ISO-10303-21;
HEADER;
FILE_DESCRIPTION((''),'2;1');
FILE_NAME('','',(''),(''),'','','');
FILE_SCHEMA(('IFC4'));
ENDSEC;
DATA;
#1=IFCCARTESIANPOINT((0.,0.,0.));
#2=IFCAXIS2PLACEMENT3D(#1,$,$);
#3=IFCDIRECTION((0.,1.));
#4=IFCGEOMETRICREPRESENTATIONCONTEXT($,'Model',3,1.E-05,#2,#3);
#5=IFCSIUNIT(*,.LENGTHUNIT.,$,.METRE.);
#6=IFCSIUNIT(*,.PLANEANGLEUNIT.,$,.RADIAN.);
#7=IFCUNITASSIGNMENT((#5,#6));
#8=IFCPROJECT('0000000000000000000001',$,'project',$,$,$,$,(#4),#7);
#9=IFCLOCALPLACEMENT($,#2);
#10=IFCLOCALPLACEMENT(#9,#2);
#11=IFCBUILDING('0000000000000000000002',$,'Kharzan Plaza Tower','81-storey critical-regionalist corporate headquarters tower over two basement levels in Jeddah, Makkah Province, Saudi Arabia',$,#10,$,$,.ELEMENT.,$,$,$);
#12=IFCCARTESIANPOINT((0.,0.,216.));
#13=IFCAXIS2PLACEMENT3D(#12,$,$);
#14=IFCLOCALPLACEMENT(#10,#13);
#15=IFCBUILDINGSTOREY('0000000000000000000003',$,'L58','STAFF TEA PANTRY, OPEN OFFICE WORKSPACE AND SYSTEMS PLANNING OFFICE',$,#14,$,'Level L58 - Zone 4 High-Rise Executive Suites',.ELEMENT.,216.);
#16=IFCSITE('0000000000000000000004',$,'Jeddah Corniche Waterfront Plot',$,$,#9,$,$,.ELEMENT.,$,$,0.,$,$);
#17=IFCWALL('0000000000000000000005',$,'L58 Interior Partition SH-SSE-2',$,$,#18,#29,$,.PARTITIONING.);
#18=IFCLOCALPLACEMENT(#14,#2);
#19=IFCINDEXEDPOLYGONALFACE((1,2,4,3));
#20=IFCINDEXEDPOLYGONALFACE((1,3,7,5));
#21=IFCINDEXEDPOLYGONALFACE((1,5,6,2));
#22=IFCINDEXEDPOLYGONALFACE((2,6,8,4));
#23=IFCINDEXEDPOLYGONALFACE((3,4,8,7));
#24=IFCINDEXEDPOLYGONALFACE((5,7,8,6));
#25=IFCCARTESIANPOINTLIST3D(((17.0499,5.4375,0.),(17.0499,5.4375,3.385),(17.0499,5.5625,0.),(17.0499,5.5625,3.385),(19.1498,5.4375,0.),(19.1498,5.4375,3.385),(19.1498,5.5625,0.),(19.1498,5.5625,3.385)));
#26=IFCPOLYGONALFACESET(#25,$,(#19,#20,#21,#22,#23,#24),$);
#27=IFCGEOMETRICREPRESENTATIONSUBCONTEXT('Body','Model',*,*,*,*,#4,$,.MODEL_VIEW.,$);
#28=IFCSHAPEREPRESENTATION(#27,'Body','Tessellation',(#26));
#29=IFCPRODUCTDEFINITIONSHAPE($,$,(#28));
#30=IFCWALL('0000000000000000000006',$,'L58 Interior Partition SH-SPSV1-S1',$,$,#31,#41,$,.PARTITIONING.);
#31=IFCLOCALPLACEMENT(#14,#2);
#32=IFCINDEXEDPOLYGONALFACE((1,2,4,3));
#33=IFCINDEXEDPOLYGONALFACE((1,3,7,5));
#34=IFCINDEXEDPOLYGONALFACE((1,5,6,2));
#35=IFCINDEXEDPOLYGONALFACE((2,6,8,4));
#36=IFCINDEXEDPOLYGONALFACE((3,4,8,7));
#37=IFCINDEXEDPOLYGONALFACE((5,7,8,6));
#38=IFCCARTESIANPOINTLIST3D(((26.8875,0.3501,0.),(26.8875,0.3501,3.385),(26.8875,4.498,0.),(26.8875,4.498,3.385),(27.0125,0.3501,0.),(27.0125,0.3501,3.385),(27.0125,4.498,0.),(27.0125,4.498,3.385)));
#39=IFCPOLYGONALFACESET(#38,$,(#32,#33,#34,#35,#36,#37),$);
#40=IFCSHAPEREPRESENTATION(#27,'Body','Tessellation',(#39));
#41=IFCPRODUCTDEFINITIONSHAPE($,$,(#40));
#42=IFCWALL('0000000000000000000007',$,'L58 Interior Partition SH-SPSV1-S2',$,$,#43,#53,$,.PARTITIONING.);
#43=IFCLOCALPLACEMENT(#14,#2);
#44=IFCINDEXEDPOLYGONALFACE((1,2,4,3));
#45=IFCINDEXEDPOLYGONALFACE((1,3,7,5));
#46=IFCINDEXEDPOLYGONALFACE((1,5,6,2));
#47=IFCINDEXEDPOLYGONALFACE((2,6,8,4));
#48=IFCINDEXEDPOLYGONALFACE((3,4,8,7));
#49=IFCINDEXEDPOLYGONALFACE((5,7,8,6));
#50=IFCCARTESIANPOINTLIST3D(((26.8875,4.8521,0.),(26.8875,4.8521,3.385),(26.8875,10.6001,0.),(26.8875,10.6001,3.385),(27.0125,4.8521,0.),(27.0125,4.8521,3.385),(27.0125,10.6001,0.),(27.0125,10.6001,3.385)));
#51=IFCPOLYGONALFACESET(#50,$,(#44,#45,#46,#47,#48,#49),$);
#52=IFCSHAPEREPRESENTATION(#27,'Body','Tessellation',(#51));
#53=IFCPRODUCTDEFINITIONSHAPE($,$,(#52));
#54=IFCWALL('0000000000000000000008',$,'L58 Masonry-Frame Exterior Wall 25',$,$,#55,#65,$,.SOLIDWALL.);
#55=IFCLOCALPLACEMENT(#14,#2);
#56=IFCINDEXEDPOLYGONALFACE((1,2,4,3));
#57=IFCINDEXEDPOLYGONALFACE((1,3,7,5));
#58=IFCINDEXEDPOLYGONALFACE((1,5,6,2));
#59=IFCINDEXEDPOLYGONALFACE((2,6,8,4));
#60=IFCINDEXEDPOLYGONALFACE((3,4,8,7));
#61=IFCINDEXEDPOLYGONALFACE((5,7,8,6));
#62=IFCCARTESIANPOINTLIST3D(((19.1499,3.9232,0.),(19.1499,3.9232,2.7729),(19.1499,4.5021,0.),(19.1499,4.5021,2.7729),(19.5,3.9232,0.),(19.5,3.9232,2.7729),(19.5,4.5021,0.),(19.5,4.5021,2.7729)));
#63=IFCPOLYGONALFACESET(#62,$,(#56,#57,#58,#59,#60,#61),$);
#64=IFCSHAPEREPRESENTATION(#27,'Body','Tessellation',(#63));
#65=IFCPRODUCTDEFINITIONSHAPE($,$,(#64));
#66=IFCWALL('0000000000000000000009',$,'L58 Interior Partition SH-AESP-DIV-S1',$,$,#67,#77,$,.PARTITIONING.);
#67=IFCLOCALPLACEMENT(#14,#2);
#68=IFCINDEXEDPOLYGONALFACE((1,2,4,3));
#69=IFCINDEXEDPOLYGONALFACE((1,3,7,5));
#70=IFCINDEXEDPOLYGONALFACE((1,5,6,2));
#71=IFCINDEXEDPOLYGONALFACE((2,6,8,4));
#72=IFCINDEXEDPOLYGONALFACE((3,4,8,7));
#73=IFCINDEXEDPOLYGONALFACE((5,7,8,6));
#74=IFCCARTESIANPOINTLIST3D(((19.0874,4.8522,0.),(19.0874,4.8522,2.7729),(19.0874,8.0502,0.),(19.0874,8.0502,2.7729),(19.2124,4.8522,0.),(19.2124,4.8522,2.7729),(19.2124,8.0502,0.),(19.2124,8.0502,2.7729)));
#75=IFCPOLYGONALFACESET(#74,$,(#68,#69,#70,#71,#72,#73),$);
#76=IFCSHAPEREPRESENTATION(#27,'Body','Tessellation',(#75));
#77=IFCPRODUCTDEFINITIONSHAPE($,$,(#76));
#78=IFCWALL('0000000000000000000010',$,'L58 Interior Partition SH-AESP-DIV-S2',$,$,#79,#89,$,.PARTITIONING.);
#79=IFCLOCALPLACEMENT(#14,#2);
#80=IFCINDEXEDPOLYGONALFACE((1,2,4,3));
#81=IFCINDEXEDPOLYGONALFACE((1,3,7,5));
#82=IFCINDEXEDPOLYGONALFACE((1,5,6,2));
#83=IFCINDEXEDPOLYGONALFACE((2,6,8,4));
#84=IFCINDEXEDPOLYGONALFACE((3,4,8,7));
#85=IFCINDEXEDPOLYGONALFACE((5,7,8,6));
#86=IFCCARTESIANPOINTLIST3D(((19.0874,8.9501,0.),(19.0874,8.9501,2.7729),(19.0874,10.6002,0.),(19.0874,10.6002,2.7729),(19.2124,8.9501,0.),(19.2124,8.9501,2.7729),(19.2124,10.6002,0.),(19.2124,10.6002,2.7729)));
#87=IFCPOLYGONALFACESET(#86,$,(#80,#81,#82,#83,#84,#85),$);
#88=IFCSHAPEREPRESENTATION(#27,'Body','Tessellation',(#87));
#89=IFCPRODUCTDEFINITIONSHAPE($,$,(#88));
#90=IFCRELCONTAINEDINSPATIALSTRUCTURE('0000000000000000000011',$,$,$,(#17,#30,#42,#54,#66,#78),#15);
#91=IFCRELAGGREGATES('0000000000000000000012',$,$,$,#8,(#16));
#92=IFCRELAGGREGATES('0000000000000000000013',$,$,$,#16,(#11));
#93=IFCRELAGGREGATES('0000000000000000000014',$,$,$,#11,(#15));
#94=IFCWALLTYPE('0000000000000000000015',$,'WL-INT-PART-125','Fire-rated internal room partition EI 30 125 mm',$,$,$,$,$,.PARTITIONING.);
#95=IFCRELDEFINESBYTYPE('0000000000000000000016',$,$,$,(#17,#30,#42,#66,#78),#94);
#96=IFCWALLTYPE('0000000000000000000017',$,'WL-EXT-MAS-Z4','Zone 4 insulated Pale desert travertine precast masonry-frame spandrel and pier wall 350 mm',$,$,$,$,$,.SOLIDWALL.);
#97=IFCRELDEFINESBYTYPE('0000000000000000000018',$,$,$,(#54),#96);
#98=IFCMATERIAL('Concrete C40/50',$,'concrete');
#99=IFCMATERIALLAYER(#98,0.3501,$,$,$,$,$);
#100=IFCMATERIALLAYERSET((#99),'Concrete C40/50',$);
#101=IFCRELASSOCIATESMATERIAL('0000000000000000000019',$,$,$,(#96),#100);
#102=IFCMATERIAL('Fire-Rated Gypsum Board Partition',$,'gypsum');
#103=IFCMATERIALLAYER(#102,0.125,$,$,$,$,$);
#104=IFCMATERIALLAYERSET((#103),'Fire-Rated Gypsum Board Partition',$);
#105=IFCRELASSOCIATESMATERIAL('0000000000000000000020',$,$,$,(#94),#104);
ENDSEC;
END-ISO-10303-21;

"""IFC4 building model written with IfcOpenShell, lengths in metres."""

from ifc_helpers import new_model, si_unit, direction, frame, frame_2d, origin, place, context, subcontext, project, spatial, rectangle, extrude, source, transform, mapped, material, layer, layer_set, type_object, element, save


model = new_model("IFC4")

# Units and contexts
model_context = context("Model", 3, precision=1e-05, world=origin(), true_north=direction((0.0, 1.0)))
body_context = subcontext(model_context, "Body", "Model", "MODEL_VIEW")
ifc_project = project(units=[si_unit("LENGTHUNIT", "METRE"), si_unit("PLANEANGLEUNIT", "RADIAN")], contexts=[model_context])

# Site, building, storey
site_placement = place(None, origin())
site = spatial("IfcSite", under=ifc_project, at=site_placement, Name="Jeddah Corniche Waterfront Plot", CompositionType="ELEMENT", RefElevation=0.0)
building_placement = place(site_placement, origin())
building = spatial("IfcBuilding", under=site, at=building_placement, Name="Kharzan Plaza Tower", Description="81-storey critical-regionalist corporate headquarters tower over two basement levels in Jeddah, Makkah Province, Saudi Arabia", CompositionType="ELEMENT")
storey_placement = place(building_placement, frame((0.0, 0.0, 216.0)))
storey = spatial("IfcBuildingStorey", under=building, at=storey_placement, Name="L58", Description="STAFF TEA PANTRY, OPEN OFFICE WORKSPACE AND SYSTEMS PLANNING OFFICE", LongName="Level L58 - Zone 4 High-Rise Executive Suites", CompositionType="ELEMENT", Elevation=216.0)

# Shared definitions
ifc_material_1 = material(Name="Concrete C40/50", Category="concrete")
ifc_layer_1 = layer(ifc_material_1, 0.3501)
ifc_layer_set_1 = layer_set([ifc_layer_1], Name="Concrete C40/50")
wall_type_1 = type_object("IfcWallType", Name="WL-EXT-MAS-Z4", Description="Zone 4 insulated Pale desert travertine precast masonry-frame spandrel and pier wall 350 mm", PredefinedType="SOLIDWALL", material=ifc_layer_set_1)

# Shared definitions
ifc_material_2 = material(Name="Fire-Rated Gypsum Board Partition", Category="gypsum")
ifc_layer_2 = layer(ifc_material_2, 0.125)
ifc_layer_set_2 = layer_set([ifc_layer_2], Name="Fire-Rated Gypsum Board Partition")
wall_type_2 = type_object("IfcWallType", Name="WL-INT-PART-125", Description="Fire-rated internal room partition EI 30 125 mm", PredefinedType="PARTITIONING", material=ifc_layer_set_2)

# Walls
shared_shape_1 = source(origin(), body_context, "Body", "SweptSolid", [
    extrude(rectangle(XDim=2.0999, YDim=0.125, at=frame_2d((1.0498, 0.0))), origin(), (0.0, 0.0, 1.0), 3.385),
])
wall_1_placement = place(storey_placement, frame((17.05, 5.5, 0.0), z_axis=(0.0, 0.0, 1.0), x_axis=(1.0, 0.0, 0.0)))
element("IfcWall", 1, at=wall_1_placement, inside=storey, type_object=wall_type_2, Name="L58 Interior Partition SH-SSE-2", PredefinedType="PARTITIONING", context=body_context, shape_type="MappedRepresentation", body=[
    mapped(shared_shape_1, transform((0.0, 0.0, 0.0), x_axis=(1.0, 0.0, 0.0), y_axis=(0.0, 1.0, 0.0), z_axis=(0.0, 0.0, 1.0))),
])
shared_shape_2 = source(origin(), body_context, "Body", "SweptSolid", [
    extrude(rectangle(XDim=4.1479, YDim=0.125, at=frame_2d((2.074, 0.0))), origin(), (0.0, 0.0, 1.0), 3.385),
])
wall_2_placement = place(storey_placement, frame((26.95, 0.3501, 0.0), z_axis=(0.0, 0.0, 1.0), x_axis=(0.0, 1.0, 0.0)))
element("IfcWall", 2, at=wall_2_placement, inside=storey, type_object=wall_type_2, Name="L58 Interior Partition SH-SPSV1-S1", PredefinedType="PARTITIONING", context=body_context, shape_type="MappedRepresentation", body=[
    mapped(shared_shape_2, transform((0.0, 0.0, 0.0), x_axis=(1.0, 0.0, 0.0), y_axis=(0.0, 1.0, 0.0), z_axis=(0.0, 0.0, 1.0))),
])
shared_shape_3 = source(origin(), body_context, "Body", "SweptSolid", [
    extrude(rectangle(XDim=5.748, YDim=0.125, at=frame_2d((2.874, 0.0))), origin(), (0.0, 0.0, 1.0), 3.385),
])
wall_3_placement = place(storey_placement, frame((26.95, 4.8521, 0.0), z_axis=(0.0, 0.0, 1.0), x_axis=(0.0, 1.0, 0.0)))
element("IfcWall", 3, at=wall_3_placement, inside=storey, type_object=wall_type_2, Name="L58 Interior Partition SH-SPSV1-S2", PredefinedType="PARTITIONING", context=body_context, shape_type="MappedRepresentation", body=[
    mapped(shared_shape_3, transform((0.0, 0.0, 0.0), x_axis=(1.0, 0.0, 0.0), y_axis=(0.0, 1.0, 0.0), z_axis=(0.0, 0.0, 1.0))),
])
shared_shape_4 = source(origin(), body_context, "Body", "SweptSolid", [
    extrude(rectangle(XDim=0.5789, YDim=0.3501, at=frame_2d((0.2896, 0.0))), origin(), (0.0, 0.0, 1.0), 2.7729),
])
wall_4_placement = place(storey_placement, frame((19.325, 3.9231, 0.0), z_axis=(0.0, 0.0, 1.0), x_axis=(0.0, 1.0, 0.0)))
element("IfcWall", 4, at=wall_4_placement, inside=storey, type_object=wall_type_1, Name="L58 Masonry-Frame Exterior Wall 25", PredefinedType="SOLIDWALL", context=body_context, shape_type="MappedRepresentation", body=[
    mapped(shared_shape_4, transform((0.0, 0.0, 0.0), x_axis=(1.0, 0.0, 0.0), y_axis=(0.0, 1.0, 0.0), z_axis=(0.0, 0.0, 1.0))),
])
shared_shape_5 = source(origin(), body_context, "Body", "SweptSolid", [
    extrude(rectangle(XDim=3.198, YDim=0.125, at=frame_2d((1.5991, 0.0))), origin(), (0.0, 0.0, 1.0), 2.7729),
])
wall_5_placement = place(storey_placement, frame((19.1499, 4.8521, 0.0), z_axis=(0.0, 0.0, 1.0), x_axis=(0.0, 1.0, 0.0)))
element("IfcWall", 5, at=wall_5_placement, inside=storey, type_object=wall_type_2, Name="L58 Interior Partition SH-AESP-DIV-S1", PredefinedType="PARTITIONING", context=body_context, shape_type="MappedRepresentation", body=[
    mapped(shared_shape_5, transform((0.0, 0.0, 0.0), x_axis=(1.0, 0.0, 0.0), y_axis=(0.0, 1.0, 0.0), z_axis=(0.0, 0.0, 1.0))),
])
shared_shape_6 = source(origin(), body_context, "Body", "SweptSolid", [
    extrude(rectangle(XDim=1.6501, YDim=0.125, at=frame_2d((0.8252, 0.0))), origin(), (0.0, 0.0, 1.0), 2.7729),
])
wall_6_placement = place(storey_placement, frame((19.1499, 8.95, 0.0), z_axis=(0.0, 0.0, 1.0), x_axis=(0.0, 1.0, 0.0)))
element("IfcWall", 6, at=wall_6_placement, inside=storey, type_object=wall_type_2, Name="L58 Interior Partition SH-AESP-DIV-S2", PredefinedType="PARTITIONING", context=body_context, shape_type="MappedRepresentation", body=[
    mapped(shared_shape_6, transform((0.0, 0.0, 0.0), x_axis=(1.0, 0.0, 0.0), y_axis=(0.0, 1.0, 0.0), z_axis=(0.0, 0.0, 1.0))),
])

save(model, "model.ifc")
